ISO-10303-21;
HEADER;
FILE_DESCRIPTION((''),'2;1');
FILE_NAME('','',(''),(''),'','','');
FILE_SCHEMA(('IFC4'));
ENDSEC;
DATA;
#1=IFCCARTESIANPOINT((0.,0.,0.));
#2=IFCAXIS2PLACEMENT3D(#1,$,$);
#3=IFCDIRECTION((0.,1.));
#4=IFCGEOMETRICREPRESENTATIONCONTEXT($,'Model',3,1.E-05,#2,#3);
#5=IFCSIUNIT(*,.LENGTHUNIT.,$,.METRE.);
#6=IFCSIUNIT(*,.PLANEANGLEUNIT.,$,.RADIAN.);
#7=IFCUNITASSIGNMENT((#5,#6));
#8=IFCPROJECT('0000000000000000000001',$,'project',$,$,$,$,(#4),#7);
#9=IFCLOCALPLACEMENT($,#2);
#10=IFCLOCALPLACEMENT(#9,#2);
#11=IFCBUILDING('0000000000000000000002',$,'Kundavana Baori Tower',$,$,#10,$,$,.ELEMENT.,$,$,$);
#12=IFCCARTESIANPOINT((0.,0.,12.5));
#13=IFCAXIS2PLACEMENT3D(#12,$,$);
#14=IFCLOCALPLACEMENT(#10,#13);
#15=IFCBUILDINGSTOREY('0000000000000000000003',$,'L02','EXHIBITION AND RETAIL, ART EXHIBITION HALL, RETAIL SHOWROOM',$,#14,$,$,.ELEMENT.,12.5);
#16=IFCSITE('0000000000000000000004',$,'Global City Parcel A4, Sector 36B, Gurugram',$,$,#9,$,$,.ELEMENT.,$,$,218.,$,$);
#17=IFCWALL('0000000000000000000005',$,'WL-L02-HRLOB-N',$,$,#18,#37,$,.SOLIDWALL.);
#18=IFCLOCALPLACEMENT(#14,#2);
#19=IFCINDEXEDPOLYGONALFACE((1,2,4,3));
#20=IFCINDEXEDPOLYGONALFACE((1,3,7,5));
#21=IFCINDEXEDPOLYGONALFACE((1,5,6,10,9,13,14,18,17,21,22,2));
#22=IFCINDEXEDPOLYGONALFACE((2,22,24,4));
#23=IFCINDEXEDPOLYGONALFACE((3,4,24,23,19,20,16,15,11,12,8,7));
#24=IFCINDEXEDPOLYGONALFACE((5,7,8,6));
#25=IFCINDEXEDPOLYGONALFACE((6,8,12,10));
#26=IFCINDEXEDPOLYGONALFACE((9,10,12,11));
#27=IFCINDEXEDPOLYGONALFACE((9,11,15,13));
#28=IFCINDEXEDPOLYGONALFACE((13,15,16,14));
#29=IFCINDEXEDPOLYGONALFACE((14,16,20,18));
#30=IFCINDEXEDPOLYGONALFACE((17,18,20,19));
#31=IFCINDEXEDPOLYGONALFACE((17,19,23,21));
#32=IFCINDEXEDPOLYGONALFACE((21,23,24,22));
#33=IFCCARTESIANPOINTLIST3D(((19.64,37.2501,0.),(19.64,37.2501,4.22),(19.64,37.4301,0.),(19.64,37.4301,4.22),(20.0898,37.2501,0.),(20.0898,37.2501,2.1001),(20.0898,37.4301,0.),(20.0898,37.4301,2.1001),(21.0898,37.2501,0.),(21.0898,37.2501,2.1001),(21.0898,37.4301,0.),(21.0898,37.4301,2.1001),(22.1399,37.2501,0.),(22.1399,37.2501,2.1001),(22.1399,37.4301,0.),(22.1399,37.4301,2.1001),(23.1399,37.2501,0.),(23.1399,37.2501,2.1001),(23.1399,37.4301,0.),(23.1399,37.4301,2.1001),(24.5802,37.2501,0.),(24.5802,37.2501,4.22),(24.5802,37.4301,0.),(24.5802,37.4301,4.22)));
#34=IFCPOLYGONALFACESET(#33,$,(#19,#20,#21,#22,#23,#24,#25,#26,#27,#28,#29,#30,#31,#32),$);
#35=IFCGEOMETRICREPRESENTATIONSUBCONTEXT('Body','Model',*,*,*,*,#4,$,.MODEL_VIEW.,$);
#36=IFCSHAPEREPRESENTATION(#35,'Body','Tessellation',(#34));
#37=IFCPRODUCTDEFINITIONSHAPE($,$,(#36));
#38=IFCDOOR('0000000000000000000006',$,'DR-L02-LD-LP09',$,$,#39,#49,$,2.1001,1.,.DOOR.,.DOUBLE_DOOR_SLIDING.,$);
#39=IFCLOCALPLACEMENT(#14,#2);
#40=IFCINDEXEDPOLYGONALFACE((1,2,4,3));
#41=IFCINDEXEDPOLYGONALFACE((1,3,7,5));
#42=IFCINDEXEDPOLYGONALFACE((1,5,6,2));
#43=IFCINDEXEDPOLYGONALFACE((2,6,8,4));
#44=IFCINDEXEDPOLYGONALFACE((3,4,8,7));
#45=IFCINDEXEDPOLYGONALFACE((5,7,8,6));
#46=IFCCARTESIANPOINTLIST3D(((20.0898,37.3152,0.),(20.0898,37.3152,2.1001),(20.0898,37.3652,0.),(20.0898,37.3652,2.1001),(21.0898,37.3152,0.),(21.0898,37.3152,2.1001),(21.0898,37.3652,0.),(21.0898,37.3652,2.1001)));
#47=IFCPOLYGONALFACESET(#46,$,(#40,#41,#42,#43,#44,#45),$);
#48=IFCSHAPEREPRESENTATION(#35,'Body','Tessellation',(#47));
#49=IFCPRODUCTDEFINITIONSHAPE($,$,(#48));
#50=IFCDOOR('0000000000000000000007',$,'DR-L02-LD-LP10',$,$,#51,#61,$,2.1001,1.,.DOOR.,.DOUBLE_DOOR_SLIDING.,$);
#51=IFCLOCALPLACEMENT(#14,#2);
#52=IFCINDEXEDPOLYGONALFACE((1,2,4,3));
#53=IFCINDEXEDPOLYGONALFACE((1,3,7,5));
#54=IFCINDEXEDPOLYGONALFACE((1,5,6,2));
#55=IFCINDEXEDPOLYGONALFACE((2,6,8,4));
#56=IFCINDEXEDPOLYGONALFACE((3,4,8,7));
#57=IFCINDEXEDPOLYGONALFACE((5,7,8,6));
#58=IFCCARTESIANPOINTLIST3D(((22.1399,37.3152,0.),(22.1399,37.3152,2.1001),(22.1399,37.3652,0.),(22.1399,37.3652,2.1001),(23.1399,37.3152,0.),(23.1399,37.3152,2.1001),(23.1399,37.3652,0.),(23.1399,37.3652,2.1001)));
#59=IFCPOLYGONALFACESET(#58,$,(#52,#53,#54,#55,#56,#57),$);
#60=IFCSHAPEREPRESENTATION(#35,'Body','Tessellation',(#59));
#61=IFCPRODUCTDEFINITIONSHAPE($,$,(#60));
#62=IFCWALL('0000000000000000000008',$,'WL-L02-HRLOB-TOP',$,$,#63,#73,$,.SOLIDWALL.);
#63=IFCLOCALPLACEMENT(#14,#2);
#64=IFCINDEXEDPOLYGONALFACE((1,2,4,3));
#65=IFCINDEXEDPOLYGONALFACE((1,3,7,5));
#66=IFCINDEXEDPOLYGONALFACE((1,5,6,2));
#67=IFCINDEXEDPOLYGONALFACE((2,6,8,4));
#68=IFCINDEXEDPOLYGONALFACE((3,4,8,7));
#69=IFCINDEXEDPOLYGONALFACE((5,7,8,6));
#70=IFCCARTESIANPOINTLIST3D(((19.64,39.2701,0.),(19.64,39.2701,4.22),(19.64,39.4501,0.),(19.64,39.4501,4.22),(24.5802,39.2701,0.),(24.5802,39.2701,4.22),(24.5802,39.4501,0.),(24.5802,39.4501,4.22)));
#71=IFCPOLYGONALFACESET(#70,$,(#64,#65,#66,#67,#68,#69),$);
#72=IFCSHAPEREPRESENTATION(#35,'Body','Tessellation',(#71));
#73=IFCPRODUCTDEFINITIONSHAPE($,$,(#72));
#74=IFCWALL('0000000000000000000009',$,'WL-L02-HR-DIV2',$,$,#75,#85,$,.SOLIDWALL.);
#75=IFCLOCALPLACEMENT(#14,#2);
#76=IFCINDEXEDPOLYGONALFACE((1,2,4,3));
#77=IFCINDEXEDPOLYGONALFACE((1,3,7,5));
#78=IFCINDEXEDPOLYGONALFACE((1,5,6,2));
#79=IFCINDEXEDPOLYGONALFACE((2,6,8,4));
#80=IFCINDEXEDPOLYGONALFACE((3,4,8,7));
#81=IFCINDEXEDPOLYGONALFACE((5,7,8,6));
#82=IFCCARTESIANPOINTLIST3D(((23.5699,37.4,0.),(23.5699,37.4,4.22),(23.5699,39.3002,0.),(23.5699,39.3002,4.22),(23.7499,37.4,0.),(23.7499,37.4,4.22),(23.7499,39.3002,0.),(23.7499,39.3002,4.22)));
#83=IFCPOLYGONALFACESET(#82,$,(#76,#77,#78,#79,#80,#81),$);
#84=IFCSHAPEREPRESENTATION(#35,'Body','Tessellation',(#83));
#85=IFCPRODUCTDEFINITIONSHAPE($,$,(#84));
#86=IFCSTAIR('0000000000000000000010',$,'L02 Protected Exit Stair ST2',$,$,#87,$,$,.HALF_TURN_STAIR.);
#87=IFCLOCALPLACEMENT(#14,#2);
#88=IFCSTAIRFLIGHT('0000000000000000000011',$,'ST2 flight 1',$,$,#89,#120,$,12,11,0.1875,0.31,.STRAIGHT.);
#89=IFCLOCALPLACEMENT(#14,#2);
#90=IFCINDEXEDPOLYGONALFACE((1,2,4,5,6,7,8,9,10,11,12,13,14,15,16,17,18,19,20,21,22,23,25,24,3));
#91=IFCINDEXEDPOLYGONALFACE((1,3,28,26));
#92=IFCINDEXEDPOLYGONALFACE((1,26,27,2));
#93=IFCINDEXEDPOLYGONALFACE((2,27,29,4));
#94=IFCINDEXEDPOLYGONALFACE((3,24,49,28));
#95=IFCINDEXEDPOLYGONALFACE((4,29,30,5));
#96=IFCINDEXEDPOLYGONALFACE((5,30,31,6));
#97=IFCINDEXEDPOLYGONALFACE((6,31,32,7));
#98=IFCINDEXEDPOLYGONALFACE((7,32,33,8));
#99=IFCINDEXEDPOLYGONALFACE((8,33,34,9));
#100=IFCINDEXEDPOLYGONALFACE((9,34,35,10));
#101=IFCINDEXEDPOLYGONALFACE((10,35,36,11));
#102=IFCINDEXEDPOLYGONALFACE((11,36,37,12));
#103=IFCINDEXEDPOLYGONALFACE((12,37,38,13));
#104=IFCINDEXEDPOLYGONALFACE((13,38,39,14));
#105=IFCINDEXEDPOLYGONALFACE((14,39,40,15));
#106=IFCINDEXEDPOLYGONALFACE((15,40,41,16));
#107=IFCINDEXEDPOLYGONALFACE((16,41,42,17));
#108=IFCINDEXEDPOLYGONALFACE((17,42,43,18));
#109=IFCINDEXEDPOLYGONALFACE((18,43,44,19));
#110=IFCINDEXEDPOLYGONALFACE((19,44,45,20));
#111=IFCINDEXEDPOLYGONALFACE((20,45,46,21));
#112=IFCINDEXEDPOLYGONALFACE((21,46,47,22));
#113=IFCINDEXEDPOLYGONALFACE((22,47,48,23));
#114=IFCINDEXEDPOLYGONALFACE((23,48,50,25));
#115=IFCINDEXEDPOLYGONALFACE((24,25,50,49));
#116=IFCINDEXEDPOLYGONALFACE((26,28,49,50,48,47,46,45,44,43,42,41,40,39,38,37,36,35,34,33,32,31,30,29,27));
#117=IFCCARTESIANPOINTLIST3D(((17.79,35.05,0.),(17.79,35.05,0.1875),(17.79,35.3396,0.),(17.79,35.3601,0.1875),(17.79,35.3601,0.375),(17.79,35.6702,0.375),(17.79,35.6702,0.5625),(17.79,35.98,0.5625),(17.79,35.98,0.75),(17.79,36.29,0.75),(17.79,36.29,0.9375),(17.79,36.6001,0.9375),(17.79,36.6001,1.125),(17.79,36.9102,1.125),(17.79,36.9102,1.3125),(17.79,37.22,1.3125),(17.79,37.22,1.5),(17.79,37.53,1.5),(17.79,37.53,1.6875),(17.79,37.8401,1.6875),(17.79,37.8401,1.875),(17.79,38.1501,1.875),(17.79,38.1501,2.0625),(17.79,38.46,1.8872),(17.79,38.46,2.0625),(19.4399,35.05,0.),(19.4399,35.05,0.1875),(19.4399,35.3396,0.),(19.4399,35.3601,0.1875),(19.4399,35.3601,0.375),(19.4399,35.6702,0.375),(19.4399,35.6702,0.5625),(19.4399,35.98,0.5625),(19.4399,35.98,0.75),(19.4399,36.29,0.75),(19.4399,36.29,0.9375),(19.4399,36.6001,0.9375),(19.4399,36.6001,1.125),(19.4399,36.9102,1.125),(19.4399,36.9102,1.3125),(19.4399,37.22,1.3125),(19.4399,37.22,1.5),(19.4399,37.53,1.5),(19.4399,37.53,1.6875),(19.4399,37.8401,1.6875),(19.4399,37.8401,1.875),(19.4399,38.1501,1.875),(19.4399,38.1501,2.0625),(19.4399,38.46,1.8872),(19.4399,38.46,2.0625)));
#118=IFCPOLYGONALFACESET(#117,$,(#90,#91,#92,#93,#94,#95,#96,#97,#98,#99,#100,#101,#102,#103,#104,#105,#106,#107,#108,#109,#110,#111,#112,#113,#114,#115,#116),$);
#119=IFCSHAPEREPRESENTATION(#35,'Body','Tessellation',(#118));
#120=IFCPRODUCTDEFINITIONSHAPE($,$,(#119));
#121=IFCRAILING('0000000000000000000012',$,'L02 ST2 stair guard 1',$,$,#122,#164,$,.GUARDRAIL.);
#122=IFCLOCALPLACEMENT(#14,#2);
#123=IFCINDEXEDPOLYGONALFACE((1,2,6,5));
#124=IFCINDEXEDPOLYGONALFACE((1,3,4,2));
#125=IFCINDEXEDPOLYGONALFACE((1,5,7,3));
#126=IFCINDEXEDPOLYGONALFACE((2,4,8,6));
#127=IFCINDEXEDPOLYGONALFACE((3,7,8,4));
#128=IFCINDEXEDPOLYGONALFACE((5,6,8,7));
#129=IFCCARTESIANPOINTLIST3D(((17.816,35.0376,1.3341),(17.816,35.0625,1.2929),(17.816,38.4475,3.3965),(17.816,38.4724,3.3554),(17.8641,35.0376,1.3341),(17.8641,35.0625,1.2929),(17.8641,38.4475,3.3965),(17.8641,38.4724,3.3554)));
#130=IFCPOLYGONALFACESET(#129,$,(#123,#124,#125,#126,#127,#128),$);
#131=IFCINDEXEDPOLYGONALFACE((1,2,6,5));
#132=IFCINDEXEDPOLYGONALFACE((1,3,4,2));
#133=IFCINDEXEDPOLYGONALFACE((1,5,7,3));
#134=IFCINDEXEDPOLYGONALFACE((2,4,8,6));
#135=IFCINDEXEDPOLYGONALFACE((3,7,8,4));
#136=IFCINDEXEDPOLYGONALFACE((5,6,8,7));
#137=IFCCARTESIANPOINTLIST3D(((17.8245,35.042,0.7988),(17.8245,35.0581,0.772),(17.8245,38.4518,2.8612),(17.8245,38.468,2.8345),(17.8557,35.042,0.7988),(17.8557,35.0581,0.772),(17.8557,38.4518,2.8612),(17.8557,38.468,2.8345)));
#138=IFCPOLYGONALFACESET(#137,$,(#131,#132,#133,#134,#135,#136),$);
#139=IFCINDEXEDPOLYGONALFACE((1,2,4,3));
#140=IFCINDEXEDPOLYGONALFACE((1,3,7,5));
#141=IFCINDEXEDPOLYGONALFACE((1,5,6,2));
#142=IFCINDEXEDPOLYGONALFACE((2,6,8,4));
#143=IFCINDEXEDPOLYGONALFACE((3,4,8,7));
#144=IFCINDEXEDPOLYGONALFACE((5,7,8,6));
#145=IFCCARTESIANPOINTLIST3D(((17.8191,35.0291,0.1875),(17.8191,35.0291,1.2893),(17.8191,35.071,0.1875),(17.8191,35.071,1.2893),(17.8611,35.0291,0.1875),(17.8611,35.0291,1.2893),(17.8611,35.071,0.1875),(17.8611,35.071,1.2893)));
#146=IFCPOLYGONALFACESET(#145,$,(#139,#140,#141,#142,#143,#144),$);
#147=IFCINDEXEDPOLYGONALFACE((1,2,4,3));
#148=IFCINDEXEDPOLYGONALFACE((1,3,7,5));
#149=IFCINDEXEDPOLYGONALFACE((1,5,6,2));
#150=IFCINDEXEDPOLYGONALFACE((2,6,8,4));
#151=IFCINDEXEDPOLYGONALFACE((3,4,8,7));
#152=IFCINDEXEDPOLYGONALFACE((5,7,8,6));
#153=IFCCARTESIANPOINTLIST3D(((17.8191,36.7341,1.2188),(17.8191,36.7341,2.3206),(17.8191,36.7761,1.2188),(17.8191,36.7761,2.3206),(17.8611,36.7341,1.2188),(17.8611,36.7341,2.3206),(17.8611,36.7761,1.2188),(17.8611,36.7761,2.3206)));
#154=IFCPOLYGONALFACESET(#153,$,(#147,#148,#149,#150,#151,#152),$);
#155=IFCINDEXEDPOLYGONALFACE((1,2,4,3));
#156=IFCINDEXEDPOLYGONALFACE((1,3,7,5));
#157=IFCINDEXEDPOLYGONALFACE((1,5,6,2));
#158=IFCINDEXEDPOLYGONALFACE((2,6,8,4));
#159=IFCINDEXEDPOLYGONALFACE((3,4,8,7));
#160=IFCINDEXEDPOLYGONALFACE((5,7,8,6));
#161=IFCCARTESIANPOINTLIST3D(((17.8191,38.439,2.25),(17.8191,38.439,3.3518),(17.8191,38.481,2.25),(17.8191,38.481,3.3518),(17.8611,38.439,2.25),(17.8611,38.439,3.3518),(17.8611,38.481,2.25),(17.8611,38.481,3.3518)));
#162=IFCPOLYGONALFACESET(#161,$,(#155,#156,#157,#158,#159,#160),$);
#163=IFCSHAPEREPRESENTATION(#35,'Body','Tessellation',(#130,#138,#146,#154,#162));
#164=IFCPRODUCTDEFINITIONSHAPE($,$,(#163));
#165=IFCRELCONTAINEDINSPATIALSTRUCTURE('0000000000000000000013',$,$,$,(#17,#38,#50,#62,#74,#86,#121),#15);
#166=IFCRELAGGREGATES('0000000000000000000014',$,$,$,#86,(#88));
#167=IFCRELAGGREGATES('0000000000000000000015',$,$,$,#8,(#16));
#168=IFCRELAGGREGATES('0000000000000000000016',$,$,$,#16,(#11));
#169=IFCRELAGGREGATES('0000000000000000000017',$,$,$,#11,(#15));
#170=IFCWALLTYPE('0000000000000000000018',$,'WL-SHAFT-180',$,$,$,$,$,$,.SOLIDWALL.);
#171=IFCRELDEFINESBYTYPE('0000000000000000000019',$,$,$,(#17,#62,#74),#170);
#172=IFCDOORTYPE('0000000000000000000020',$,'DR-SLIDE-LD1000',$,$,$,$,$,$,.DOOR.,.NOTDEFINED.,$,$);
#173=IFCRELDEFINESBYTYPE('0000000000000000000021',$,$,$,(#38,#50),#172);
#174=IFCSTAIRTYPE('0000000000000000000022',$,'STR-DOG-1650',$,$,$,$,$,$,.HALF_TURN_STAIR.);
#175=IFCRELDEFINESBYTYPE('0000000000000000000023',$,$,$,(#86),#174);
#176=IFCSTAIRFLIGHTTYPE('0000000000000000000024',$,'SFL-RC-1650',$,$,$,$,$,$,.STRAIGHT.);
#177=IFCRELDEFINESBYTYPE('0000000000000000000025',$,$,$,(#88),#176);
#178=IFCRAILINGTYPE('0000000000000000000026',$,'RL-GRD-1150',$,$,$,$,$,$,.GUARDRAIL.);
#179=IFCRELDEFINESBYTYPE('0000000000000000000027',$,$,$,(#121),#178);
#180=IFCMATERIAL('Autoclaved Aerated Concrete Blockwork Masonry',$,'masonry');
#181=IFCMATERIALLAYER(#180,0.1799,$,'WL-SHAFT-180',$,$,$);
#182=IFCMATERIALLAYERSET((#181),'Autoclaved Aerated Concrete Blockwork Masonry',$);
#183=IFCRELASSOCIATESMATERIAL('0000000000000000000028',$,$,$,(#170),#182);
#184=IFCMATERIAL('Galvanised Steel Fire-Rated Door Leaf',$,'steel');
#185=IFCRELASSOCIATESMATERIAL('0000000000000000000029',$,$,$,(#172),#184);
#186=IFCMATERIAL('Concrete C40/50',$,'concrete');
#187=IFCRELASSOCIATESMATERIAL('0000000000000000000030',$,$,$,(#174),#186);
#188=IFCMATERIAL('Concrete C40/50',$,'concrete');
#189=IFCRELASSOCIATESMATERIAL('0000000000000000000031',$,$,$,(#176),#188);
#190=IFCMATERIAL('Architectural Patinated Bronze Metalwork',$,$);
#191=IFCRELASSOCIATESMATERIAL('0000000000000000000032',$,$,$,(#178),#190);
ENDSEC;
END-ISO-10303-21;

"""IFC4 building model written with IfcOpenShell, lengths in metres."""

from ifc_helpers import new_model, si_unit, direction, frame, frame_2d, origin, origin_2d, place, context, subcontext, project, spatial, polyline, rectangle, outline, extrude, material, layer, layer_set, type_object, element, fill, aggregate, save


model = new_model("IFC4")

# Units and contexts
model_context = context("Model", 3, precision=1e-05, world=origin(), true_north=direction((0.0, 1.0)))
body_context = subcontext(model_context, "Body", "Model", "MODEL_VIEW")
ifc_project = project(units=[si_unit("LENGTHUNIT", "METRE"), si_unit("PLANEANGLEUNIT", "RADIAN")], contexts=[model_context])

# Site, building, storey
site_placement = place(None, origin())
site = spatial("IfcSite", under=ifc_project, at=site_placement, Name="Global City Parcel A4, Sector 36B, Gurugram", CompositionType="ELEMENT", RefElevation=218.0)
building_placement = place(site_placement, origin())
building = spatial("IfcBuilding", under=site, at=building_placement, Name="Kundavana Baori Tower", CompositionType="ELEMENT")
storey_placement = place(building_placement, frame((0.0, 0.0, 12.5)))
storey = spatial("IfcBuildingStorey", under=building, at=storey_placement, Name="L02", Description="EXHIBITION AND RETAIL, ART EXHIBITION HALL, RETAIL SHOWROOM", CompositionType="ELEMENT", Elevation=12.5)

# Shared definitions
ifc_material_1 = material(Name="Autoclaved Aerated Concrete Blockwork Masonry", Category="masonry")
ifc_layer_1 = layer(ifc_material_1, 0.1799, Name="WL-SHAFT-180")
ifc_layer_set_1 = layer_set([ifc_layer_1], Name="Autoclaved Aerated Concrete Blockwork Masonry")
wall_type_1 = type_object("IfcWallType", Name="WL-SHAFT-180", PredefinedType="SOLIDWALL", material=ifc_layer_set_1)
ifc_material_2 = material(Name="Galvanised Steel Fire-Rated Door Leaf", Category="steel")
door_type_1 = type_object("IfcDoorType", Name="DR-SLIDE-LD1000", OperationType="NOTDEFINED", PredefinedType="DOOR", material=ifc_material_2)

# Wall, openings, doors
wall_1_placement = place(storey_placement, frame((19.6399, 37.3401, 0.0), z_axis=(0.0, 0.0, 1.0), x_axis=(1.0, 0.0, 0.0)))
wall_1 = element("IfcWall", 1, at=wall_1_placement, inside=storey, type_object=wall_type_1, Name="WL-L02-HRLOB-N", PredefinedType="SOLIDWALL", context=body_context, shape_type="SweptSolid", body=[
    extrude(rectangle(XDim=4.9402, YDim=0.1799, at=frame_2d((2.4702, 0.0))), origin(), (0.0, 0.0, 1.0), 4.22),
])
opening_1_placement = place(wall_1_placement, frame((0.45, 0.0, 0.0)))
opening_1 = element("IfcOpeningElement", 2, at=opening_1_placement, cuts=wall_1, PredefinedType="OPENING", context=body_context, shape_type="SweptSolid", body=[
    extrude(rectangle(XDim=1.0, YDim=2.1001, at=frame_2d((0.5, 1.05))), frame((0.0, 0.1001, 0.0), z_axis=(0.0, -1.0, 0.0), x_axis=(1.0, 0.0, 0.0)), (0.0, 0.0, 1.0), 0.2),
])
opening_2_placement = place(wall_1_placement, frame((2.5, 0.0, 0.0)))
opening_2 = element("IfcOpeningElement", 3, at=opening_2_placement, cuts=wall_1, PredefinedType="OPENING", context=body_context, shape_type="SweptSolid", body=[
    extrude(rectangle(XDim=1.0, YDim=2.1001, at=frame_2d((0.5, 1.05))), frame((0.0, 0.1001, 0.0), z_axis=(0.0, -1.0, 0.0), x_axis=(1.0, 0.0, 0.0)), (0.0, 0.0, 1.0), 0.2),
])
door_1_placement = place(opening_1_placement, frame((1.0, 0.0, 0.0), z_axis=(0.0, 0.0, 1.0), x_axis=(-1.0, 0.0, 0.0)))
door_1 = element("IfcDoor", 4, at=door_1_placement, inside=storey, type_object=door_type_1, Name="DR-L02-LD-LP09", OperationType="DOUBLE_DOOR_SLIDING", OverallHeight=2.1001, OverallWidth=1.0, PredefinedType="DOOR", context=body_context, shape_type="SweptSolid", body=[
    extrude(rectangle(XDim=1.0, YDim=2.1001, at=frame_2d((0.5, 1.05))), frame((0.0, 0.0249, 0.0), z_axis=(0.0, -1.0, 0.0), x_axis=(1.0, 0.0, 0.0)), (0.0, 0.0, 1.0), 0.05),
])
fill(opening_1, door_1)
door_2_placement = place(opening_2_placement, frame((1.0, 0.0, 0.0), z_axis=(0.0, 0.0, 1.0), x_axis=(-1.0, 0.0, 0.0)))
door_2 = element("IfcDoor", 5, at=door_2_placement, inside=storey, type_object=door_type_1, Name="DR-L02-LD-LP10", OperationType="DOUBLE_DOOR_SLIDING", OverallHeight=2.1001, OverallWidth=1.0, PredefinedType="DOOR", context=body_context, shape_type="SweptSolid", body=[
    extrude(rectangle(XDim=1.0, YDim=2.1001, at=frame_2d((0.5, 1.05))), frame((0.0, 0.0249, 0.0), z_axis=(0.0, -1.0, 0.0), x_axis=(1.0, 0.0, 0.0)), (0.0, 0.0, 1.0), 0.05),
])
fill(opening_2, door_2)

# Walls
wall_2_placement = place(storey_placement, frame((19.6399, 39.3601, 0.0), z_axis=(0.0, 0.0, 1.0), x_axis=(1.0, 0.0, 0.0)))
element("IfcWall", 6, at=wall_2_placement, inside=storey, type_object=wall_type_1, Name="WL-L02-HRLOB-TOP", PredefinedType="SOLIDWALL", context=body_context, shape_type="SweptSolid", body=[
    extrude(rectangle(XDim=4.9402, YDim=0.1799, at=frame_2d((2.4702, 0.0))), origin(), (0.0, 0.0, 1.0), 4.22),
])
wall_3_placement = place(storey_placement, frame((23.6599, 37.3999, 0.0), z_axis=(0.0, 0.0, 1.0), x_axis=(0.0, 1.0, 0.0)))
element("IfcWall", 7, at=wall_3_placement, inside=storey, type_object=wall_type_1, Name="WL-L02-HR-DIV2", PredefinedType="SOLIDWALL", context=body_context, shape_type="SweptSolid", body=[
    extrude(rectangle(XDim=1.9001, YDim=0.1799, at=frame_2d((0.9502, 0.0))), origin(), (0.0, 0.0, 1.0), 4.22),
])

# Stair, stair flight
ifc_material_3 = material(Name="Concrete C40/50", Category="concrete")
stair_type = type_object("IfcStairType", Name="STR-DOG-1650", PredefinedType="HALF_TURN_STAIR", material=ifc_material_3)
stair_placement = place(storey_placement, origin())
stair = element("IfcStair", 8, at=stair_placement, inside=storey, type_object=stair_type, Name="L02 Protected Exit Stair ST2", PredefinedType="HALF_TURN_STAIR")
ifc_material_4 = material(Name="Concrete C40/50", Category="concrete")
stair_flight_type = type_object("IfcStairFlightType", Name="SFL-RC-1650", PredefinedType="STRAIGHT", material=ifc_material_4)
stair_flight_placement = place(storey_placement, frame((18.615, 35.05, 0.0), z_axis=(0.0, 0.0, 1.0), x_axis=(0.0, 1.0, 0.0)))
stair_flight = element("IfcStairFlight", 9, at=stair_flight_placement, type_object=stair_flight_type, Name="ST2 flight 1", NumberOfRisers=12, NumberOfTreads=11, PredefinedType="STRAIGHT", RiserHeight=0.1875, TreadLength=0.31, context=body_context, shape_type="SweptSolid", body=[
    extrude(outline(polyline([(0.0, 0.0), (0.0, 0.1875), (0.3101, 0.1875), (0.3101, 0.375), (0.6201, 0.375), (0.6201, 0.5625), (0.9299, 0.5625), (0.9299, 0.75), (1.24, 0.75), (1.24, 0.9375), (1.55, 0.9375), (1.55, 1.125), (1.8601, 1.125), (1.8601, 1.3125), (2.1699, 1.3125), (2.1699, 1.5), (2.48, 1.5), (2.48, 1.6875), (2.79, 1.6875), (2.79, 1.875), (3.1001, 1.875), (3.1001, 2.0625), (3.4099, 2.0625), (3.4099, 2.25), (3.4099, 1.8872), (0.2896, 0.0), (0.0, 0.0)])), frame((0.0, 0.825, 0.0), z_axis=(0.0, -1.0, 0.0), x_axis=(1.0, 0.0, 0.0)), (0.0, 0.0, 1.0), 1.6499),
])
aggregate(stair, [stair_flight])

# Railing
ifc_material_5 = material(Name="Architectural Patinated Bronze Metalwork")
railing_type_1 = type_object("IfcRailingType", Name="RL-GRD-1150", PredefinedType="GUARDRAIL", material=ifc_material_5)
railing_1_placement = place(storey_placement, frame((17.8401, 35.05, 0.1875)))
element("IfcRailing", 10, at=railing_1_placement, inside=storey, type_object=railing_type_1, Name="L02 ST2 stair guard 1", PredefinedType="GUARDRAIL", context=body_context, shape_type="SweptSolid", body=[
    extrude(rectangle(XDim=0.0481, YDim=0.0481, at=origin_2d()), frame((0.0, 0.0, 1.126), z_axis=(0.0, 0.855655, 0.517547), x_axis=(-1.0, 0.0, 0.0)), (0.0, 0.0, 1.0), 3.9851),
    extrude(rectangle(XDim=0.0312, YDim=0.0312, at=origin_2d()), frame((0.0, 0.0, 0.5979), z_axis=(0.0, 0.855655, 0.517547), x_axis=(-1.0, 0.0, 0.0)), (0.0, 0.0, 1.0), 3.9851),
    extrude(rectangle(XDim=0.042, YDim=0.042, at=origin_2d()), origin(), (0.0, 0.0, 1.0), 1.1018),
    extrude(rectangle(XDim=0.042, YDim=0.042, at=origin_2d()), frame((0.0, 1.7051, 1.0312)), (0.0, 0.0, 1.0), 1.1018),
    extrude(rectangle(XDim=0.042, YDim=0.042, at=origin_2d()), frame((0.0, 3.4099, 2.0625)), (0.0, 0.0, 1.0), 1.1018),
])

save(model, "model.ifc")
